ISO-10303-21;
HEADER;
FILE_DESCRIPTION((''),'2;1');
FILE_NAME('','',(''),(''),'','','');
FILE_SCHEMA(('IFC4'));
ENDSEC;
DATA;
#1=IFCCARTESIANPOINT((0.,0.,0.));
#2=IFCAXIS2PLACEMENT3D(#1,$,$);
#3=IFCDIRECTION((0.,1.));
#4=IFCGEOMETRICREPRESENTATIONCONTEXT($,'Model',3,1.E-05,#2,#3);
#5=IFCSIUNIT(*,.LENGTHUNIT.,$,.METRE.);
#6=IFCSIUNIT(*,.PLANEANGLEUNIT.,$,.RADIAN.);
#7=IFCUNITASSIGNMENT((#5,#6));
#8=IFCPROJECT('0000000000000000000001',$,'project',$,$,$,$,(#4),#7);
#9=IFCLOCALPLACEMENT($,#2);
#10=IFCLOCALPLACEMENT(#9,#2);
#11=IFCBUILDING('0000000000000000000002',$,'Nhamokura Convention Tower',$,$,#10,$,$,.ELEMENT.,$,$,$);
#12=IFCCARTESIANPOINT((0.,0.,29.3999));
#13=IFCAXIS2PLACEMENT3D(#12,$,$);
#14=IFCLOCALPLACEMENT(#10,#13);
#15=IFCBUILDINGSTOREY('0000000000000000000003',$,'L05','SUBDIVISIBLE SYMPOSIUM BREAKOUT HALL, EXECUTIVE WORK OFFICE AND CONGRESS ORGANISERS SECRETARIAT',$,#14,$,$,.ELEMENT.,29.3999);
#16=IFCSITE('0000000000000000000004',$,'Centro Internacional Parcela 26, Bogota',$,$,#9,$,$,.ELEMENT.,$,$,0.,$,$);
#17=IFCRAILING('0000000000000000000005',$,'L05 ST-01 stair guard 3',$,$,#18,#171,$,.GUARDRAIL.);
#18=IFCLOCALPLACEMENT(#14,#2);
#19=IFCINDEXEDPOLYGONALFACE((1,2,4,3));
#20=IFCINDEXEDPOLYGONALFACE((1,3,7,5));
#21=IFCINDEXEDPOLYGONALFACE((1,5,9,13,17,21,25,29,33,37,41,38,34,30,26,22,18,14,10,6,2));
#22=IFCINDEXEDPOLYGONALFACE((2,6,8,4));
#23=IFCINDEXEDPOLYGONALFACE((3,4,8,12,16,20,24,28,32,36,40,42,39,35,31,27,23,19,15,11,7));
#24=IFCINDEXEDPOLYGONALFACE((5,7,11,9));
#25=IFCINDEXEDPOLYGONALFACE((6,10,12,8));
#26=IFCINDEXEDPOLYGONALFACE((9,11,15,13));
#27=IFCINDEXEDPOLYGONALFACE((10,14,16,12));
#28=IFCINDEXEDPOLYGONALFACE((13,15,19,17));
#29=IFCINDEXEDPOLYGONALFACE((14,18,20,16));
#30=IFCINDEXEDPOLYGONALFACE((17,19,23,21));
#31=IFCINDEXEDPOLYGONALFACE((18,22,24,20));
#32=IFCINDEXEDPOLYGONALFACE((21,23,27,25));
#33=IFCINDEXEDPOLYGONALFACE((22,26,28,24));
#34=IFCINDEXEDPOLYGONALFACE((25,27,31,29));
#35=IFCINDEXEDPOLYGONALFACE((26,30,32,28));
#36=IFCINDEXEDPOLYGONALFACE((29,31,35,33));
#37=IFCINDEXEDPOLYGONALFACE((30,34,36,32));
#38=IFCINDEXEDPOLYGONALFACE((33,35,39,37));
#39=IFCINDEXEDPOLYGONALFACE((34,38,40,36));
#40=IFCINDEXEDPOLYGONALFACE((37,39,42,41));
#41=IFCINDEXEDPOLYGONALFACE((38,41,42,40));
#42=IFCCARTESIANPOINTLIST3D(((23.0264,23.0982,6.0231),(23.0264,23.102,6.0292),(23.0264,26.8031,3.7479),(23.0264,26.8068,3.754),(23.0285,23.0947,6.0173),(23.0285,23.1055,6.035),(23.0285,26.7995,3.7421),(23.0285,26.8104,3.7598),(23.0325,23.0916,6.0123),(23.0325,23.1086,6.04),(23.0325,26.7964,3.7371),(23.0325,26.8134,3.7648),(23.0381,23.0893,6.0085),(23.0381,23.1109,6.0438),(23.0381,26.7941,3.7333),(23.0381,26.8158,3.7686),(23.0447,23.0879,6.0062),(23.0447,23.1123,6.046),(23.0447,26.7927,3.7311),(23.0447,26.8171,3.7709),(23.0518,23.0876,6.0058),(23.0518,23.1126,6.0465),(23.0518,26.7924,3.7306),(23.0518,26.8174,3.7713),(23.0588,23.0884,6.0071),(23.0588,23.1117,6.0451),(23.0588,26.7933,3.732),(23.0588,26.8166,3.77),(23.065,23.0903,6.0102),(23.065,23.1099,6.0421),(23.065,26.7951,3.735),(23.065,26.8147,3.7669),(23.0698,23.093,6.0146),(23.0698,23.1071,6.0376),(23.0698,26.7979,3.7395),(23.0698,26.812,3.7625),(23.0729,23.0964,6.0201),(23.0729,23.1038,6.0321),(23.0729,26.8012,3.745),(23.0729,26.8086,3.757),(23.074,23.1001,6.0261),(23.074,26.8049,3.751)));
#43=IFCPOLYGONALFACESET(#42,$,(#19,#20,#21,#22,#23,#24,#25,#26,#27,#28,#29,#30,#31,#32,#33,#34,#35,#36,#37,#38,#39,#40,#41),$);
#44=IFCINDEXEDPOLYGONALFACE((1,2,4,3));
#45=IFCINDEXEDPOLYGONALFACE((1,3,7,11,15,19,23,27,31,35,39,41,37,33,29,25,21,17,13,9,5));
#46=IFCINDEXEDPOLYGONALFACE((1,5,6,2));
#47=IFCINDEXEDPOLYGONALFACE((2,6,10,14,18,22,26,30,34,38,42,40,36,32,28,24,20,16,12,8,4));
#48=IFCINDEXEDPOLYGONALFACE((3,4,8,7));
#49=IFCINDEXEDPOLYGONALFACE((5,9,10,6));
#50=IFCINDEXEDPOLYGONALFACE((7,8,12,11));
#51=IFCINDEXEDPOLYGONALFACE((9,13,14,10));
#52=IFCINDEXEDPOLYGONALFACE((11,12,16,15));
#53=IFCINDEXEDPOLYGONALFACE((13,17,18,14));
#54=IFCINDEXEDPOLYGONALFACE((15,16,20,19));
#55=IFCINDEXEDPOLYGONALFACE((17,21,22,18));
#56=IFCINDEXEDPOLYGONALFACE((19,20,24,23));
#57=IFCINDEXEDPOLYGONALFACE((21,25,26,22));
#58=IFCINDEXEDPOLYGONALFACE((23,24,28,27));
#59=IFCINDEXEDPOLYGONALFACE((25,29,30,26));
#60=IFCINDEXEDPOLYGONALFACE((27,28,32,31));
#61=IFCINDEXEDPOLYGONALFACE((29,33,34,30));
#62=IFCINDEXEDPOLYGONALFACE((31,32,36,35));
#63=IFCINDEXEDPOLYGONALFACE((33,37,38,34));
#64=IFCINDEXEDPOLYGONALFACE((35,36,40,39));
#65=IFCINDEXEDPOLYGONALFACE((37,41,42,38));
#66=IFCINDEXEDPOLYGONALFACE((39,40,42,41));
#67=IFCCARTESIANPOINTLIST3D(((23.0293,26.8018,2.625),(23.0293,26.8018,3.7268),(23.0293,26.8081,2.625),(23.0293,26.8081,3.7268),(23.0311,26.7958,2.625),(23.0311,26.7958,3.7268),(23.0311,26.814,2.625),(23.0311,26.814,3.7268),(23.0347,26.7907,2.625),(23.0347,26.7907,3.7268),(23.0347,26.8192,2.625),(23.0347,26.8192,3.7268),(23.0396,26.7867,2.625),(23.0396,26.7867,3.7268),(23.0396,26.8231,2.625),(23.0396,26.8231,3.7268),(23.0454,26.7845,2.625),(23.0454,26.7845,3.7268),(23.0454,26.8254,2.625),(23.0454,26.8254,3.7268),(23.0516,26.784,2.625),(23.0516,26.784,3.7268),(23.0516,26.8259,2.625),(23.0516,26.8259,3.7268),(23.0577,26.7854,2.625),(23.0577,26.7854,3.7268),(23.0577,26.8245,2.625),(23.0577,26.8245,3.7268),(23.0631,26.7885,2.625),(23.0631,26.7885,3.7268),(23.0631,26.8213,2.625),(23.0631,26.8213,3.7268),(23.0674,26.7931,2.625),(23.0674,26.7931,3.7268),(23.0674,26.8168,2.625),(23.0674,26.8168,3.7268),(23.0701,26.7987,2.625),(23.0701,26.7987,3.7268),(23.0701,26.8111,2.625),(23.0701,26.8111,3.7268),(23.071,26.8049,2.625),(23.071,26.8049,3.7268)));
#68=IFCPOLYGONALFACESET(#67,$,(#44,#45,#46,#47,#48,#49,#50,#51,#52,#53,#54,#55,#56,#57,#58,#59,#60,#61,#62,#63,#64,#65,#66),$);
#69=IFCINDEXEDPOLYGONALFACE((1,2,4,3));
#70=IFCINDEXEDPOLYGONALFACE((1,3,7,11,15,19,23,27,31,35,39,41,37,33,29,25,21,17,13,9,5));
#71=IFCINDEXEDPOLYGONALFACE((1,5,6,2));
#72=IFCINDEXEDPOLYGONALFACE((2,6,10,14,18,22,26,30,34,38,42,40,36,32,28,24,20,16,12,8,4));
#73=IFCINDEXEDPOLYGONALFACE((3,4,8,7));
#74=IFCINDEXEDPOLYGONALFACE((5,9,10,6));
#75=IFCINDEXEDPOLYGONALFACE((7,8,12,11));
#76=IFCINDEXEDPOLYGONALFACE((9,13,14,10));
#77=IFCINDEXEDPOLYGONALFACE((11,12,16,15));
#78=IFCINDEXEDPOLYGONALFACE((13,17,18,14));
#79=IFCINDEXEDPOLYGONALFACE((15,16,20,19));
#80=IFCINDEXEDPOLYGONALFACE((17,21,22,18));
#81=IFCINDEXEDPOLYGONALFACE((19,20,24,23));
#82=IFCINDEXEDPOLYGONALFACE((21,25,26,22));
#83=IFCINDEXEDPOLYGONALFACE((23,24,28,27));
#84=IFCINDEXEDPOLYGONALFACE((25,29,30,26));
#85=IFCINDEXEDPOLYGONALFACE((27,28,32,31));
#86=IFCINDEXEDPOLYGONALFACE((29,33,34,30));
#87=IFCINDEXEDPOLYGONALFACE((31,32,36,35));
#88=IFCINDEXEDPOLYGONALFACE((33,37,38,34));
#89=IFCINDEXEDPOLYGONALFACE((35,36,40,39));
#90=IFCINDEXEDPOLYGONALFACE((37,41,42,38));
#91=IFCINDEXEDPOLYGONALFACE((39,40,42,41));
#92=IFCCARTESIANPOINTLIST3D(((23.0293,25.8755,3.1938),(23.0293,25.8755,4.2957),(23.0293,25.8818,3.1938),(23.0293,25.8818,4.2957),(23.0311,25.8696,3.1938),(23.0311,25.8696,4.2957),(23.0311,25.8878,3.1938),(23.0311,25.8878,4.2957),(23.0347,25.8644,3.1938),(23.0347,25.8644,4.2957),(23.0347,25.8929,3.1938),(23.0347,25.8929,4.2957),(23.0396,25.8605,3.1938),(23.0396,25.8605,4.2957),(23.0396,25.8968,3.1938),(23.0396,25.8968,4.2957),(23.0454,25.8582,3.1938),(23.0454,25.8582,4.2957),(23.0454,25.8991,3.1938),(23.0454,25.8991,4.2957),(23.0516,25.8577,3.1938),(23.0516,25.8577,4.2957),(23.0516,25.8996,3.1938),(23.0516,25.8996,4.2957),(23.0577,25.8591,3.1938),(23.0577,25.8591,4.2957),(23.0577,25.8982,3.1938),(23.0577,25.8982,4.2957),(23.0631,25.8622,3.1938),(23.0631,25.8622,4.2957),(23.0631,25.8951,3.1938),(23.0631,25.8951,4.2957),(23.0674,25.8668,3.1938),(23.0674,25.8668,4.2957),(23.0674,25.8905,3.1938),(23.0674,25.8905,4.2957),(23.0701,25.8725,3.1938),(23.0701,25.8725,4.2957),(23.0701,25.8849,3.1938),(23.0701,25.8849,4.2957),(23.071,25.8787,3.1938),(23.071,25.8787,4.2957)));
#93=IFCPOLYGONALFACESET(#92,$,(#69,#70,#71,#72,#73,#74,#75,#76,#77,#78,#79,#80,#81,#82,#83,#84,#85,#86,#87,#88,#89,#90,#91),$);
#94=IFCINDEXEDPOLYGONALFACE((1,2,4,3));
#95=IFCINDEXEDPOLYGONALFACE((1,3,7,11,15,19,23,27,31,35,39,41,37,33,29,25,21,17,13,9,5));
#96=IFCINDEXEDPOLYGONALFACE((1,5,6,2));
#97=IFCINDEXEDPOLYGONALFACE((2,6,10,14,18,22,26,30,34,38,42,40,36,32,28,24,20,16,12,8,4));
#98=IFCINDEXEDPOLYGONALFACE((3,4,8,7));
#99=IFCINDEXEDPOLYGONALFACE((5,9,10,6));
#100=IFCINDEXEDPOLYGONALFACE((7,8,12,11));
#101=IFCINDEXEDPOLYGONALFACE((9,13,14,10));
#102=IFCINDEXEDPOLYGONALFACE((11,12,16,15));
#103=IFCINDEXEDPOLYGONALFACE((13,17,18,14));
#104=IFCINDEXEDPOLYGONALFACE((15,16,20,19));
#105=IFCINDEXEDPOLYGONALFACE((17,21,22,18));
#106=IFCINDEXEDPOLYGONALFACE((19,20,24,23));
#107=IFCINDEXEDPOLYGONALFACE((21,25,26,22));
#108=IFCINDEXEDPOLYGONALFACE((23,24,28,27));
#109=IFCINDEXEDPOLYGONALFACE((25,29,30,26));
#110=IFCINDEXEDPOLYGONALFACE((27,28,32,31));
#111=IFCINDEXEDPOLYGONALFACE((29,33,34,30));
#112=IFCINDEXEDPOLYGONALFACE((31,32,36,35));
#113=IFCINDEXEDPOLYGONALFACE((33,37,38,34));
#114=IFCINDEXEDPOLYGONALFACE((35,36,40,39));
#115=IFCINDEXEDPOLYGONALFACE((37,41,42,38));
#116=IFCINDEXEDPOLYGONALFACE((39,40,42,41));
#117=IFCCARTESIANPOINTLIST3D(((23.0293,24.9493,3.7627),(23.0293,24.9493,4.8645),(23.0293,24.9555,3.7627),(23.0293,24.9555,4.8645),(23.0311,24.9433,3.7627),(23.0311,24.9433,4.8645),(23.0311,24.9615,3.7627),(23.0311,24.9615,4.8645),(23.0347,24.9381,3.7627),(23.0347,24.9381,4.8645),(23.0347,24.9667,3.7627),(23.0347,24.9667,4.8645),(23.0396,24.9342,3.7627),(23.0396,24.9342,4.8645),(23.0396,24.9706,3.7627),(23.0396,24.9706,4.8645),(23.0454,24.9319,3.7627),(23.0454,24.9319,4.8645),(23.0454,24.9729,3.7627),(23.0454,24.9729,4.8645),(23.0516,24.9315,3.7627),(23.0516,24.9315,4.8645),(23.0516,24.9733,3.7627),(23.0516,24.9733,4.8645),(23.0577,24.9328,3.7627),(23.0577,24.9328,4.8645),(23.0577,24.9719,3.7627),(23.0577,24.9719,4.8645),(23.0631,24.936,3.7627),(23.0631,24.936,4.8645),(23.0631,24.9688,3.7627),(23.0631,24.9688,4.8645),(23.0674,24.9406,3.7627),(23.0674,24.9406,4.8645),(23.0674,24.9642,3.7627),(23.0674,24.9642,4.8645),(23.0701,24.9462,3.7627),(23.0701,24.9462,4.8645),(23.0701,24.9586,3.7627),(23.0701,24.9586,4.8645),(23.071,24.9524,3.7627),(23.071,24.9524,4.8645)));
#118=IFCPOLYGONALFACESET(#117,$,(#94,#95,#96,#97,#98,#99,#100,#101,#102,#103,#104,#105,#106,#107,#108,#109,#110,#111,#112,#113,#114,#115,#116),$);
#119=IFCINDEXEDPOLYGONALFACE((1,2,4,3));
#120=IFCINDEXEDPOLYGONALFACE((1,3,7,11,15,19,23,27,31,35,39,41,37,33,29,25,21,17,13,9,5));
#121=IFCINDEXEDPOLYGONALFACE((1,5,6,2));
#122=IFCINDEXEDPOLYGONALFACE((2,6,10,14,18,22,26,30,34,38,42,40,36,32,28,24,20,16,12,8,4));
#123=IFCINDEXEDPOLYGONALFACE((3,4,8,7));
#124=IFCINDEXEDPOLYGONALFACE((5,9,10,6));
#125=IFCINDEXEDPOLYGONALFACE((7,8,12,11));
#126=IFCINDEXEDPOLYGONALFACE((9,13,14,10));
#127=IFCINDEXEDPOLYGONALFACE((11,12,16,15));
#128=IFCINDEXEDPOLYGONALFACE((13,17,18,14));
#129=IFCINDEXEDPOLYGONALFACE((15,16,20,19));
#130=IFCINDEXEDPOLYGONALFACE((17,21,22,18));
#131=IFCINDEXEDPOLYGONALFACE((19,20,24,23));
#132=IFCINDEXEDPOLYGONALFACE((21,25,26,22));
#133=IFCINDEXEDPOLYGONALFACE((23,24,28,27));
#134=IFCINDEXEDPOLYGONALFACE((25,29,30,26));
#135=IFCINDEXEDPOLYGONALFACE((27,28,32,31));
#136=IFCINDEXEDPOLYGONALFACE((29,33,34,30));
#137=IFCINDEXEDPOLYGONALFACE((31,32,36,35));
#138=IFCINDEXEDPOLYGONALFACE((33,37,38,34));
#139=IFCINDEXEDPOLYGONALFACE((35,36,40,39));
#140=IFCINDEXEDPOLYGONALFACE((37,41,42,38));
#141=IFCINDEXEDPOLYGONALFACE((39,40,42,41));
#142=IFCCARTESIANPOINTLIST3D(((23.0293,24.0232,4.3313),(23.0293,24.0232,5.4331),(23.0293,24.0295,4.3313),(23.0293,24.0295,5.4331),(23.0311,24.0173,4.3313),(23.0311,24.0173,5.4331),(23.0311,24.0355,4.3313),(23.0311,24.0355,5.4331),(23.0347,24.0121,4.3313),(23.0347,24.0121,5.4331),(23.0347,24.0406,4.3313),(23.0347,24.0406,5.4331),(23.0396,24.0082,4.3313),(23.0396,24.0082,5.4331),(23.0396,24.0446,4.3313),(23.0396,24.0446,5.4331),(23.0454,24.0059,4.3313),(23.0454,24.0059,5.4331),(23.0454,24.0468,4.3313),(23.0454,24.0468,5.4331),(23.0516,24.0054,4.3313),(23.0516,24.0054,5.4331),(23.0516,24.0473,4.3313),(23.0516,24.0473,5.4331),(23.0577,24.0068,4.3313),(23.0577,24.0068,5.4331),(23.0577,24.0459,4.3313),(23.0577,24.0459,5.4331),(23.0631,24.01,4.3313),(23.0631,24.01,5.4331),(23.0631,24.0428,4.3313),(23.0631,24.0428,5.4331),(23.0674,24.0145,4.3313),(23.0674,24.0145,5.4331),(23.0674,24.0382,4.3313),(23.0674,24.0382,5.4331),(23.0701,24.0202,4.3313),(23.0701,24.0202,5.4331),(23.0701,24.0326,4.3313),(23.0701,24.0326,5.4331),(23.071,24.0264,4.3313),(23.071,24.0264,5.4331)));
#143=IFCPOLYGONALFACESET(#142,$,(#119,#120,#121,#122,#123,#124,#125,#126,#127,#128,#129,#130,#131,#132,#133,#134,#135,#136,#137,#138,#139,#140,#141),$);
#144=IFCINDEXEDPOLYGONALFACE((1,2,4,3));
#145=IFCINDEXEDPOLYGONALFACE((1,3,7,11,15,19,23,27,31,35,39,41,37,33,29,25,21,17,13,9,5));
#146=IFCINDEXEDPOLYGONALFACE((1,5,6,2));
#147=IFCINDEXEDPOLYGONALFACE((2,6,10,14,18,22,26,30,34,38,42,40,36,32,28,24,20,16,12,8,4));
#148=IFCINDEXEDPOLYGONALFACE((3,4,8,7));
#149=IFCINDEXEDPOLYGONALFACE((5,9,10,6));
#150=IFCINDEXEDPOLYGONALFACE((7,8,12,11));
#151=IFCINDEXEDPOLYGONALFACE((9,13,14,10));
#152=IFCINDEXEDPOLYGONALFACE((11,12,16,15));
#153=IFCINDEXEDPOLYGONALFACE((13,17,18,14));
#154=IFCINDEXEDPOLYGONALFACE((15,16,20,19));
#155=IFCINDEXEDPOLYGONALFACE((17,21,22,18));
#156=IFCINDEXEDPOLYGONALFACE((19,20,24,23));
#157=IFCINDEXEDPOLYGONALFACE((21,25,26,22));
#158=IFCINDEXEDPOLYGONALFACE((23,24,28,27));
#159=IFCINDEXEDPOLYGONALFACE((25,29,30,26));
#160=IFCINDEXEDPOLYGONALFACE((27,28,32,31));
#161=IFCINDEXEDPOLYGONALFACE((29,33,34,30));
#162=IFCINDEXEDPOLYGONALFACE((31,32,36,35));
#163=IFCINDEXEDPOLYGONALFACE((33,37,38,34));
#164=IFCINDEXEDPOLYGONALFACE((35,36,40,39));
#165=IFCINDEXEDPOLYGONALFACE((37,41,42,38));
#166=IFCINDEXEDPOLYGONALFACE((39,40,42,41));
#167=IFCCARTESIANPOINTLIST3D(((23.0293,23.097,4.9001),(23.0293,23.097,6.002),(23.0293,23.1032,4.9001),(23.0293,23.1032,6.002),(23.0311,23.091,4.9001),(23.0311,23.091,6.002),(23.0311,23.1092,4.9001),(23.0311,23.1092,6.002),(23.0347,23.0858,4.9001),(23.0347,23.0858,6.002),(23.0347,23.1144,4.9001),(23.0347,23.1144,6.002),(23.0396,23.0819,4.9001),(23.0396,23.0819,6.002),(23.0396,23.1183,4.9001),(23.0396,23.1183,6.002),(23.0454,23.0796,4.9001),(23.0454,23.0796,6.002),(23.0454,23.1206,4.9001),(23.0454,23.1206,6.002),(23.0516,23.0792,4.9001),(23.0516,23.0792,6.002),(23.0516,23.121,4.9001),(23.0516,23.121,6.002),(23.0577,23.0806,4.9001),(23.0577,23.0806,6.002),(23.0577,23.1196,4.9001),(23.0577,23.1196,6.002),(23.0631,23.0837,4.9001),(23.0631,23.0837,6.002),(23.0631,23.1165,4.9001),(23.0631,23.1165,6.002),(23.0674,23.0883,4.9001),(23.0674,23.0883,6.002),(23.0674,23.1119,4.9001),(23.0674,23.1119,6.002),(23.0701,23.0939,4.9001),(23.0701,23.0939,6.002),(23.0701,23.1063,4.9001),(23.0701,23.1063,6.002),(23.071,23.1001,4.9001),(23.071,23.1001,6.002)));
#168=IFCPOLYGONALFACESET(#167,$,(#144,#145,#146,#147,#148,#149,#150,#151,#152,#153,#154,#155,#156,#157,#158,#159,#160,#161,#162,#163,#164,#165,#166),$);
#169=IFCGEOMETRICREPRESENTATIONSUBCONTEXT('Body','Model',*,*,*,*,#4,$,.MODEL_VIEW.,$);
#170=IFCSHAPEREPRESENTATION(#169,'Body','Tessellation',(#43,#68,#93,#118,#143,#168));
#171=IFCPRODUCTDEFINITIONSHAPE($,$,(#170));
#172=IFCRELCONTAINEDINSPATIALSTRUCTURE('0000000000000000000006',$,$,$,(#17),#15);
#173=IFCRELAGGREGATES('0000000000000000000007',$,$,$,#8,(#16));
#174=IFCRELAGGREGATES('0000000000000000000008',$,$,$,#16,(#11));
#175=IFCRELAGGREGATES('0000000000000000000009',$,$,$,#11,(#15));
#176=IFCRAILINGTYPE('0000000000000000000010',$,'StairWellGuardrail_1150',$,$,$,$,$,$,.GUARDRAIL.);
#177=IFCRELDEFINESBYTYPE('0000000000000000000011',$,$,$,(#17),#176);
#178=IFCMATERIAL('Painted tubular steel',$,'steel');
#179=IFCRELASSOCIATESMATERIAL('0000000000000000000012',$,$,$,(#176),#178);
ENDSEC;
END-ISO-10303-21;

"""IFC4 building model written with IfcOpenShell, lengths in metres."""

from ifc_helpers import new_model, si_unit, direction, frame, origin, origin_2d, place, context, subcontext, project, spatial, circle, extrude, material, type_object, element, save


model = new_model("IFC4")

# Units and contexts
model_context = context("Model", 3, precision=1e-05, world=origin(), true_north=direction((0.0, 1.0)))
body_context = subcontext(model_context, "Body", "Model", "MODEL_VIEW")
ifc_project = project(units=[si_unit("LENGTHUNIT", "METRE"), si_unit("PLANEANGLEUNIT", "RADIAN")], contexts=[model_context])

# Site, building, storey
site_placement = place(None, origin())
site = spatial("IfcSite", under=ifc_project, at=site_placement, Name="Centro Internacional Parcela 26, Bogota", CompositionType="ELEMENT", RefElevation=0.0)
building_placement = place(site_placement, origin())
building = spatial("IfcBuilding", under=site, at=building_placement, Name="Nhamokura Convention Tower", CompositionType="ELEMENT")
storey_placement = place(building_placement, frame((0.0, 0.0, 29.3999)))
storey = spatial("IfcBuildingStorey", under=building, at=storey_placement, Name="L05", Description="SUBDIVISIBLE SYMPOSIUM BREAKOUT HALL, EXECUTIVE WORK OFFICE AND CONGRESS ORGANISERS SECRETARIAT", CompositionType="ELEMENT", Elevation=29.3999)

# Railing
ifc_material_1 = material(Name="Painted tubular steel", Category="steel")
railing_type = type_object("IfcRailingType", Name="StairWellGuardrail_1150", PredefinedType="GUARDRAIL", material=ifc_material_1)
railing_1_placement = place(storey_placement, frame((23.05, 26.8049, 2.625)))
element("IfcRailing", 1, at=railing_1_placement, inside=storey, type_object=railing_type, Name="L05 ST-01 stair guard 3", PredefinedType="GUARDRAIL", context=body_context, shape_type="SweptSolid", body=[
    extrude(circle(Radius=0.0239, at=origin_2d()), frame((0.0, 0.0, 1.126), z_axis=(0.0, -0.852146, 0.523305), x_axis=(1.0, 0.0, 0.0)), (0.0, 0.0, 1.0), 4.3477),
    extrude(circle(Radius=0.021, at=origin_2d()), origin(), (0.0, 0.0, 1.0), 1.1018),
    extrude(circle(Radius=0.021, at=origin_2d()), frame((0.0, -0.9263, 0.5688)), (0.0, 0.0, 1.0), 1.1018),
    extrude(circle(Radius=0.021, at=origin_2d()), frame((0.0, -1.8525, 1.1377)), (0.0, 0.0, 1.0), 1.1018),
    extrude(circle(Radius=0.021, at=origin_2d()), frame((0.0, -2.7786, 1.7063)), (0.0, 0.0, 1.0), 1.1018),
    extrude(circle(Radius=0.021, at=origin_2d()), frame((0.0, -3.7048, 2.2751)), (0.0, 0.0, 1.0), 1.1018),
])

save(model, "model.ifc")
